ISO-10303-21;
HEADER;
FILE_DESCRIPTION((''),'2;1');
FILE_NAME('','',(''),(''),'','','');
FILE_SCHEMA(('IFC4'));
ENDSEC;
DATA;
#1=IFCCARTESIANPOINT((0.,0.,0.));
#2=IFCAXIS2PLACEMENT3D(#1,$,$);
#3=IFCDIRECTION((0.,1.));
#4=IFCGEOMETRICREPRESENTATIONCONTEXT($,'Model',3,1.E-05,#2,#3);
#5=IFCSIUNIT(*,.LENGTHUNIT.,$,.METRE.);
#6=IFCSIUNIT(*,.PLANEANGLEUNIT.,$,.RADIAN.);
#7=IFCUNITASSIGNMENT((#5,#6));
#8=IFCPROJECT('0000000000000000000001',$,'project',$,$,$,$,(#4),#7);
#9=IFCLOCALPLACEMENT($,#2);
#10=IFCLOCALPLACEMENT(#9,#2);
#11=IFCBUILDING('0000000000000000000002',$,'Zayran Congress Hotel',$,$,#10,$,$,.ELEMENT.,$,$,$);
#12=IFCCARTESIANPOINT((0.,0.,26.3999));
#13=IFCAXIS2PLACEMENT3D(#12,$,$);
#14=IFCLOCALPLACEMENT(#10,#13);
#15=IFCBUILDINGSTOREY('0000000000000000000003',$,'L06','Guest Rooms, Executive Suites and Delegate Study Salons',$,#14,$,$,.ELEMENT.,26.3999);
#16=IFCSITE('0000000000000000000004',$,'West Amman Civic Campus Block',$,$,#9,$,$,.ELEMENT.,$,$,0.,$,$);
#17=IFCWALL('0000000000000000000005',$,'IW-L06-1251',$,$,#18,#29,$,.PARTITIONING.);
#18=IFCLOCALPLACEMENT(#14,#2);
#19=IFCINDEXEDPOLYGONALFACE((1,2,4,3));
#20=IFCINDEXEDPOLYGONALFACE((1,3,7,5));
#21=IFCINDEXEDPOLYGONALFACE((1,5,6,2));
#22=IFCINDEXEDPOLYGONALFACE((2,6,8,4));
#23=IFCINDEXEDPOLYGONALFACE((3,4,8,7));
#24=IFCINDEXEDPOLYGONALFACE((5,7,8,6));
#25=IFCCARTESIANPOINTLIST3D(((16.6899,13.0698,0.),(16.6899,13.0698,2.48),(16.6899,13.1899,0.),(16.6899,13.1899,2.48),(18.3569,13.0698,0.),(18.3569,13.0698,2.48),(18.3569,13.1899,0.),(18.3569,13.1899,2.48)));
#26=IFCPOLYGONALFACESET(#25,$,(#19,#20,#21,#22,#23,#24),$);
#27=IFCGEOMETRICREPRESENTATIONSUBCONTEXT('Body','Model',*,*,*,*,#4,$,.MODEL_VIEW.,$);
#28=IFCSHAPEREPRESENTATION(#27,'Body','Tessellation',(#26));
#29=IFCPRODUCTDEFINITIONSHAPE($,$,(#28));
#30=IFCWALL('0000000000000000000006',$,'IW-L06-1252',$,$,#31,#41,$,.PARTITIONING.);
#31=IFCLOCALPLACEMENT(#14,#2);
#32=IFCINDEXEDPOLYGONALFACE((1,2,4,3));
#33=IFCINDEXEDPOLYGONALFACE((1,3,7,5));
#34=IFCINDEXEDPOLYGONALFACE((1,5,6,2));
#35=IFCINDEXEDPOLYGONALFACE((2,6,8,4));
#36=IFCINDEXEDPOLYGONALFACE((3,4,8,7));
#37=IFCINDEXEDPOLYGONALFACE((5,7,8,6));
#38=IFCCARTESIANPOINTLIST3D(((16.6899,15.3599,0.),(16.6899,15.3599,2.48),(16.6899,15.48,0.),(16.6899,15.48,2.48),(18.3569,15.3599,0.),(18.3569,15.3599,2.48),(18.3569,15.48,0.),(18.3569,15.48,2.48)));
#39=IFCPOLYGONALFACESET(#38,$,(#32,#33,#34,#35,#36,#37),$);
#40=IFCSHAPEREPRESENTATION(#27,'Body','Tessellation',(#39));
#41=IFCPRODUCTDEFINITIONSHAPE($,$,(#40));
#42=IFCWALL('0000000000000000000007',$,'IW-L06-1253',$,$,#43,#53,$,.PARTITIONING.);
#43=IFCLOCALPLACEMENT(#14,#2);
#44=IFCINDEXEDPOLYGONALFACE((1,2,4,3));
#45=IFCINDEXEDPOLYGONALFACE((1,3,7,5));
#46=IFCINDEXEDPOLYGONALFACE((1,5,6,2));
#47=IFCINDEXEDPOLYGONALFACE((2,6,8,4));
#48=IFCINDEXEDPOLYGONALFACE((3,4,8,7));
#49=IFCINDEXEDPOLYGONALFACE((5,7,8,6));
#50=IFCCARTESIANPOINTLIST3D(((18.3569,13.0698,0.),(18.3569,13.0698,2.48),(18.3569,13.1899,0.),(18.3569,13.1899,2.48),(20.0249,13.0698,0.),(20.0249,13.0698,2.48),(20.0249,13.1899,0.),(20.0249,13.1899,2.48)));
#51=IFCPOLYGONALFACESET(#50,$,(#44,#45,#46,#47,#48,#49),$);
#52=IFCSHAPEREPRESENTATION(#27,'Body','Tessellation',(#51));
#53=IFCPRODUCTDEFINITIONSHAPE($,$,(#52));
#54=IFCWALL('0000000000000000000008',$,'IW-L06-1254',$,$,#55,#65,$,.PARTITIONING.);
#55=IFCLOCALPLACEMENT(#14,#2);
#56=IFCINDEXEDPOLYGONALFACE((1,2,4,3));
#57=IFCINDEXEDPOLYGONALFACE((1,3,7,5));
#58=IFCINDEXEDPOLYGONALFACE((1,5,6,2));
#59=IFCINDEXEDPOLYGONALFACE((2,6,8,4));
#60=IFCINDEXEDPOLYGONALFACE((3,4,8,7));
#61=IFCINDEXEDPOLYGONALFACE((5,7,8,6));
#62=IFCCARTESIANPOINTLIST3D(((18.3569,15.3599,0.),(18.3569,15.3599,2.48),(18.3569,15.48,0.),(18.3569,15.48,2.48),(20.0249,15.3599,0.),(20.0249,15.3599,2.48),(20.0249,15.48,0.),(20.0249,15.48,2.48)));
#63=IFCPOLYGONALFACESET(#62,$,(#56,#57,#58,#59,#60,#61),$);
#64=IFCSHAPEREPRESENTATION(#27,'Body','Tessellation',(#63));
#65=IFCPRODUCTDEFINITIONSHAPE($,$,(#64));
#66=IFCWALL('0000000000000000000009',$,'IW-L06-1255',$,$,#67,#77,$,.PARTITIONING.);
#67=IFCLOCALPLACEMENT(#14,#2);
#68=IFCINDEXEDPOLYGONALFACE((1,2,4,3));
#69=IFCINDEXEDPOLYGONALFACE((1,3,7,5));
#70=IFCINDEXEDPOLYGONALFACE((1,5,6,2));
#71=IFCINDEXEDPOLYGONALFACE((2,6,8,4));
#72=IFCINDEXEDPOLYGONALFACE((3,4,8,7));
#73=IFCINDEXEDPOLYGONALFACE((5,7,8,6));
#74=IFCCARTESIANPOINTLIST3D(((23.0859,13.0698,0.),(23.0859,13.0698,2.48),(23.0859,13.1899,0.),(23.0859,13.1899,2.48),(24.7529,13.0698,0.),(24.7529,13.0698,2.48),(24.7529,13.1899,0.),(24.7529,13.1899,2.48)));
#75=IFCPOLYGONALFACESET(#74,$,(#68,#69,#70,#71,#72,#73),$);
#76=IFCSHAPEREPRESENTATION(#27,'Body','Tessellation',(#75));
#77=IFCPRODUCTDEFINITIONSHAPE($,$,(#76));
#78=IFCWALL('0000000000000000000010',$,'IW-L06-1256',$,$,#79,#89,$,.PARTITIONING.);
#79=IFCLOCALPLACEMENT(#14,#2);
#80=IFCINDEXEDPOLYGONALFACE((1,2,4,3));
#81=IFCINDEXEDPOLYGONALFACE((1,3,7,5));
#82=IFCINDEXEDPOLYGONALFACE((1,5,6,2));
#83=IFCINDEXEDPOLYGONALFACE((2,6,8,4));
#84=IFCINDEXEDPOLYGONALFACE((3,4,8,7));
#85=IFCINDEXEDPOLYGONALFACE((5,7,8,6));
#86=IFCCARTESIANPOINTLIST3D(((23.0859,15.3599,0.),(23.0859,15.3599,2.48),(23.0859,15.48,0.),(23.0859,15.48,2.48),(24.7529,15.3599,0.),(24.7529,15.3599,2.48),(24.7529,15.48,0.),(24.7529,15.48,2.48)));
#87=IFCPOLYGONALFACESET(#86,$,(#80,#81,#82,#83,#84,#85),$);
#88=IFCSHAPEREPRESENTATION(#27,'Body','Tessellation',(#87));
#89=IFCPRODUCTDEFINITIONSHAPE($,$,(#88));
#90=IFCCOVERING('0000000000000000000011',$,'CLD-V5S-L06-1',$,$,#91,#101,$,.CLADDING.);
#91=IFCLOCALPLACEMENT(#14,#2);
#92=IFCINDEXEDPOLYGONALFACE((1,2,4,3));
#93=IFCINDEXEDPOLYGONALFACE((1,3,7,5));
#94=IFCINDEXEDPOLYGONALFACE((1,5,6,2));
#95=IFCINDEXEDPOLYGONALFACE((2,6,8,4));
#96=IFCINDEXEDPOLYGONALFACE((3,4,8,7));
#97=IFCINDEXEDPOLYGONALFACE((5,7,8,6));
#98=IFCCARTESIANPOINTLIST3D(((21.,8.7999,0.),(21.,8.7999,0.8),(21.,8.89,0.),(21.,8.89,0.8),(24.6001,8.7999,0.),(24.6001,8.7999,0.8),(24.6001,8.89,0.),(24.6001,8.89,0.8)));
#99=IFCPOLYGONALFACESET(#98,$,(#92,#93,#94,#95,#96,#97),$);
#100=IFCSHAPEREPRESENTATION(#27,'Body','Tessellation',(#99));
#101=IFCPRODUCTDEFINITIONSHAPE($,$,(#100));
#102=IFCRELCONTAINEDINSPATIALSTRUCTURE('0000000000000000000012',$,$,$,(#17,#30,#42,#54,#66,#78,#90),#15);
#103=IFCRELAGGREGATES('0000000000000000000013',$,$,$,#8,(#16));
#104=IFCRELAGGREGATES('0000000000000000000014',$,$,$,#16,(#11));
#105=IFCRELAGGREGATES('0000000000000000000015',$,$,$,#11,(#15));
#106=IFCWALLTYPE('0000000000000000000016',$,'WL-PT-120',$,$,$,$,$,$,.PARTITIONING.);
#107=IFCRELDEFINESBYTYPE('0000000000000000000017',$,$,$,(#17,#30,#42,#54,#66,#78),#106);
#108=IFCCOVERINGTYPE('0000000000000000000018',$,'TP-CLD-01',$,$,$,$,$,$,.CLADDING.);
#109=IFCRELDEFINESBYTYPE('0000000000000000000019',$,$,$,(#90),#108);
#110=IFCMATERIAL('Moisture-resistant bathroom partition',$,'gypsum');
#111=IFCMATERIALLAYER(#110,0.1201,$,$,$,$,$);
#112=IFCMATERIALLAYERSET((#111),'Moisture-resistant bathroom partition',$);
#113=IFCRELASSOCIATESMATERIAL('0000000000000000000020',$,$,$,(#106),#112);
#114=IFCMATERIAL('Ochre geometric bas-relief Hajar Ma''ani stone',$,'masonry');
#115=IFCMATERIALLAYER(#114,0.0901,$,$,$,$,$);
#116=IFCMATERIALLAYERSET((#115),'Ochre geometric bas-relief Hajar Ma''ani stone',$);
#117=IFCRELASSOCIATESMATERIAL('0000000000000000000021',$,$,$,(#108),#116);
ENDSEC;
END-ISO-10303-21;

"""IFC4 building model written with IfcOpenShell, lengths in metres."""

from ifc_helpers import new_model, si_unit, direction, frame, frame_2d, origin, origin_2d, place, context, subcontext, project, spatial, rectangle, extrude, material, layer, layer_set, type_object, element, save


model = new_model("IFC4")

# Units and contexts
model_context = context("Model", 3, precision=1e-05, world=origin(), true_north=direction((0.0, 1.0)))
body_context = subcontext(model_context, "Body", "Model", "MODEL_VIEW")
ifc_project = project(units=[si_unit("LENGTHUNIT", "METRE"), si_unit("PLANEANGLEUNIT", "RADIAN")], contexts=[model_context])

# Site, building, storey
site_placement = place(None, origin())
site = spatial("IfcSite", under=ifc_project, at=site_placement, Name="West Amman Civic Campus Block", CompositionType="ELEMENT", RefElevation=0.0)
building_placement = place(site_placement, origin())
building = spatial("IfcBuilding", under=site, at=building_placement, Name="Zayran Congress Hotel", CompositionType="ELEMENT")
storey_placement = place(building_placement, frame((0.0, 0.0, 26.3999)))
storey = spatial("IfcBuildingStorey", under=building, at=storey_placement, Name="L06", Description="Guest Rooms, Executive Suites and Delegate Study Salons", CompositionType="ELEMENT", Elevation=26.3999)

# Shared definitions
ifc_material_1 = material(Name="Moisture-resistant bathroom partition", Category="gypsum")
ifc_layer_1 = layer(ifc_material_1, 0.1201)
ifc_layer_set_1 = layer_set([ifc_layer_1], Name="Moisture-resistant bathroom partition")
wall_type_1 = type_object("IfcWallType", Name="WL-PT-120", PredefinedType="PARTITIONING", material=ifc_layer_set_1)

# Walls
for number, where, z_axis, x_axis, name in (
    (1, (16.6899, 13.1299, 0.0), (0.0, 0.0, 1.0), (1.0, 0.0, 0.0), "IW-L06-1251"),
    (2, (16.6899, 15.4199, 0.0), (0.0, 0.0, 1.0), (1.0, 0.0, 0.0), "IW-L06-1252"),
):
    element("IfcWall", number, at=place(storey_placement, frame(where, z_axis=z_axis, x_axis=x_axis)), inside=storey, type_object=wall_type_1, Name=name, PredefinedType="PARTITIONING", context=body_context, shape_type="SweptSolid", body=[
        extrude(rectangle(XDim=1.667, YDim=0.1201, at=frame_2d((0.8335, 0.0))), origin(), (0.0, 0.0, 1.0), 2.48),
    ])
for number, where, z_axis, x_axis, name in (
    (3, (18.3569, 13.1299, 0.0), (0.0, 0.0, 1.0), (1.0, 0.0, 0.0), "IW-L06-1253"),
    (4, (18.3569, 15.4199, 0.0), (0.0, 0.0, 1.0), (1.0, 0.0, 0.0), "IW-L06-1254"),
):
    element("IfcWall", number, at=place(storey_placement, frame(where, z_axis=z_axis, x_axis=x_axis)), inside=storey, type_object=wall_type_1, Name=name, PredefinedType="PARTITIONING", context=body_context, shape_type="SweptSolid", body=[
        extrude(rectangle(XDim=1.668, YDim=0.1201, at=frame_2d((0.834, 0.0))), origin(), (0.0, 0.0, 1.0), 2.48),
    ])
for number, where, z_axis, x_axis, name in (
    (5, (23.0859, 13.1299, 0.0), (0.0, 0.0, 1.0), (1.0, 0.0, 0.0), "IW-L06-1255"),
    (6, (23.0859, 15.4199, 0.0), (0.0, 0.0, 1.0), (1.0, 0.0, 0.0), "IW-L06-1256"),
):
    element("IfcWall", number, at=place(storey_placement, frame(where, z_axis=z_axis, x_axis=x_axis)), inside=storey, type_object=wall_type_1, Name=name, PredefinedType="PARTITIONING", context=body_context, shape_type="SweptSolid", body=[
        extrude(rectangle(XDim=1.667, YDim=0.1201, at=frame_2d((0.8335, 0.0))), origin(), (0.0, 0.0, 1.0), 2.48),
    ])

# Covering
ifc_material_2 = material(Name="Ochre geometric bas-relief Hajar Ma'ani stone", Category="masonry")
ifc_layer_2 = layer(ifc_material_2, 0.0901)
ifc_layer_set_2 = layer_set([ifc_layer_2], Name="Ochre geometric bas-relief Hajar Ma'ani stone")
covering_type = type_object("IfcCoveringType", Name="TP-CLD-01", PredefinedType="CLADDING", material=ifc_layer_set_2)
covering_placement = place(storey_placement, frame((22.8, 8.845, 0.0), z_axis=(0.0, 0.0, 1.0), x_axis=(1.0, 0.0, 0.0)))
element("IfcCovering", 7, at=covering_placement, inside=storey, type_object=covering_type, Name="CLD-V5S-L06-1", PredefinedType="CLADDING", context=body_context, shape_type="SweptSolid", body=[
    extrude(rectangle(XDim=3.6001, YDim=0.0901, at=origin_2d()), origin(), (0.0, 0.0, 1.0), 0.8),
])

save(model, "model.ifc")
